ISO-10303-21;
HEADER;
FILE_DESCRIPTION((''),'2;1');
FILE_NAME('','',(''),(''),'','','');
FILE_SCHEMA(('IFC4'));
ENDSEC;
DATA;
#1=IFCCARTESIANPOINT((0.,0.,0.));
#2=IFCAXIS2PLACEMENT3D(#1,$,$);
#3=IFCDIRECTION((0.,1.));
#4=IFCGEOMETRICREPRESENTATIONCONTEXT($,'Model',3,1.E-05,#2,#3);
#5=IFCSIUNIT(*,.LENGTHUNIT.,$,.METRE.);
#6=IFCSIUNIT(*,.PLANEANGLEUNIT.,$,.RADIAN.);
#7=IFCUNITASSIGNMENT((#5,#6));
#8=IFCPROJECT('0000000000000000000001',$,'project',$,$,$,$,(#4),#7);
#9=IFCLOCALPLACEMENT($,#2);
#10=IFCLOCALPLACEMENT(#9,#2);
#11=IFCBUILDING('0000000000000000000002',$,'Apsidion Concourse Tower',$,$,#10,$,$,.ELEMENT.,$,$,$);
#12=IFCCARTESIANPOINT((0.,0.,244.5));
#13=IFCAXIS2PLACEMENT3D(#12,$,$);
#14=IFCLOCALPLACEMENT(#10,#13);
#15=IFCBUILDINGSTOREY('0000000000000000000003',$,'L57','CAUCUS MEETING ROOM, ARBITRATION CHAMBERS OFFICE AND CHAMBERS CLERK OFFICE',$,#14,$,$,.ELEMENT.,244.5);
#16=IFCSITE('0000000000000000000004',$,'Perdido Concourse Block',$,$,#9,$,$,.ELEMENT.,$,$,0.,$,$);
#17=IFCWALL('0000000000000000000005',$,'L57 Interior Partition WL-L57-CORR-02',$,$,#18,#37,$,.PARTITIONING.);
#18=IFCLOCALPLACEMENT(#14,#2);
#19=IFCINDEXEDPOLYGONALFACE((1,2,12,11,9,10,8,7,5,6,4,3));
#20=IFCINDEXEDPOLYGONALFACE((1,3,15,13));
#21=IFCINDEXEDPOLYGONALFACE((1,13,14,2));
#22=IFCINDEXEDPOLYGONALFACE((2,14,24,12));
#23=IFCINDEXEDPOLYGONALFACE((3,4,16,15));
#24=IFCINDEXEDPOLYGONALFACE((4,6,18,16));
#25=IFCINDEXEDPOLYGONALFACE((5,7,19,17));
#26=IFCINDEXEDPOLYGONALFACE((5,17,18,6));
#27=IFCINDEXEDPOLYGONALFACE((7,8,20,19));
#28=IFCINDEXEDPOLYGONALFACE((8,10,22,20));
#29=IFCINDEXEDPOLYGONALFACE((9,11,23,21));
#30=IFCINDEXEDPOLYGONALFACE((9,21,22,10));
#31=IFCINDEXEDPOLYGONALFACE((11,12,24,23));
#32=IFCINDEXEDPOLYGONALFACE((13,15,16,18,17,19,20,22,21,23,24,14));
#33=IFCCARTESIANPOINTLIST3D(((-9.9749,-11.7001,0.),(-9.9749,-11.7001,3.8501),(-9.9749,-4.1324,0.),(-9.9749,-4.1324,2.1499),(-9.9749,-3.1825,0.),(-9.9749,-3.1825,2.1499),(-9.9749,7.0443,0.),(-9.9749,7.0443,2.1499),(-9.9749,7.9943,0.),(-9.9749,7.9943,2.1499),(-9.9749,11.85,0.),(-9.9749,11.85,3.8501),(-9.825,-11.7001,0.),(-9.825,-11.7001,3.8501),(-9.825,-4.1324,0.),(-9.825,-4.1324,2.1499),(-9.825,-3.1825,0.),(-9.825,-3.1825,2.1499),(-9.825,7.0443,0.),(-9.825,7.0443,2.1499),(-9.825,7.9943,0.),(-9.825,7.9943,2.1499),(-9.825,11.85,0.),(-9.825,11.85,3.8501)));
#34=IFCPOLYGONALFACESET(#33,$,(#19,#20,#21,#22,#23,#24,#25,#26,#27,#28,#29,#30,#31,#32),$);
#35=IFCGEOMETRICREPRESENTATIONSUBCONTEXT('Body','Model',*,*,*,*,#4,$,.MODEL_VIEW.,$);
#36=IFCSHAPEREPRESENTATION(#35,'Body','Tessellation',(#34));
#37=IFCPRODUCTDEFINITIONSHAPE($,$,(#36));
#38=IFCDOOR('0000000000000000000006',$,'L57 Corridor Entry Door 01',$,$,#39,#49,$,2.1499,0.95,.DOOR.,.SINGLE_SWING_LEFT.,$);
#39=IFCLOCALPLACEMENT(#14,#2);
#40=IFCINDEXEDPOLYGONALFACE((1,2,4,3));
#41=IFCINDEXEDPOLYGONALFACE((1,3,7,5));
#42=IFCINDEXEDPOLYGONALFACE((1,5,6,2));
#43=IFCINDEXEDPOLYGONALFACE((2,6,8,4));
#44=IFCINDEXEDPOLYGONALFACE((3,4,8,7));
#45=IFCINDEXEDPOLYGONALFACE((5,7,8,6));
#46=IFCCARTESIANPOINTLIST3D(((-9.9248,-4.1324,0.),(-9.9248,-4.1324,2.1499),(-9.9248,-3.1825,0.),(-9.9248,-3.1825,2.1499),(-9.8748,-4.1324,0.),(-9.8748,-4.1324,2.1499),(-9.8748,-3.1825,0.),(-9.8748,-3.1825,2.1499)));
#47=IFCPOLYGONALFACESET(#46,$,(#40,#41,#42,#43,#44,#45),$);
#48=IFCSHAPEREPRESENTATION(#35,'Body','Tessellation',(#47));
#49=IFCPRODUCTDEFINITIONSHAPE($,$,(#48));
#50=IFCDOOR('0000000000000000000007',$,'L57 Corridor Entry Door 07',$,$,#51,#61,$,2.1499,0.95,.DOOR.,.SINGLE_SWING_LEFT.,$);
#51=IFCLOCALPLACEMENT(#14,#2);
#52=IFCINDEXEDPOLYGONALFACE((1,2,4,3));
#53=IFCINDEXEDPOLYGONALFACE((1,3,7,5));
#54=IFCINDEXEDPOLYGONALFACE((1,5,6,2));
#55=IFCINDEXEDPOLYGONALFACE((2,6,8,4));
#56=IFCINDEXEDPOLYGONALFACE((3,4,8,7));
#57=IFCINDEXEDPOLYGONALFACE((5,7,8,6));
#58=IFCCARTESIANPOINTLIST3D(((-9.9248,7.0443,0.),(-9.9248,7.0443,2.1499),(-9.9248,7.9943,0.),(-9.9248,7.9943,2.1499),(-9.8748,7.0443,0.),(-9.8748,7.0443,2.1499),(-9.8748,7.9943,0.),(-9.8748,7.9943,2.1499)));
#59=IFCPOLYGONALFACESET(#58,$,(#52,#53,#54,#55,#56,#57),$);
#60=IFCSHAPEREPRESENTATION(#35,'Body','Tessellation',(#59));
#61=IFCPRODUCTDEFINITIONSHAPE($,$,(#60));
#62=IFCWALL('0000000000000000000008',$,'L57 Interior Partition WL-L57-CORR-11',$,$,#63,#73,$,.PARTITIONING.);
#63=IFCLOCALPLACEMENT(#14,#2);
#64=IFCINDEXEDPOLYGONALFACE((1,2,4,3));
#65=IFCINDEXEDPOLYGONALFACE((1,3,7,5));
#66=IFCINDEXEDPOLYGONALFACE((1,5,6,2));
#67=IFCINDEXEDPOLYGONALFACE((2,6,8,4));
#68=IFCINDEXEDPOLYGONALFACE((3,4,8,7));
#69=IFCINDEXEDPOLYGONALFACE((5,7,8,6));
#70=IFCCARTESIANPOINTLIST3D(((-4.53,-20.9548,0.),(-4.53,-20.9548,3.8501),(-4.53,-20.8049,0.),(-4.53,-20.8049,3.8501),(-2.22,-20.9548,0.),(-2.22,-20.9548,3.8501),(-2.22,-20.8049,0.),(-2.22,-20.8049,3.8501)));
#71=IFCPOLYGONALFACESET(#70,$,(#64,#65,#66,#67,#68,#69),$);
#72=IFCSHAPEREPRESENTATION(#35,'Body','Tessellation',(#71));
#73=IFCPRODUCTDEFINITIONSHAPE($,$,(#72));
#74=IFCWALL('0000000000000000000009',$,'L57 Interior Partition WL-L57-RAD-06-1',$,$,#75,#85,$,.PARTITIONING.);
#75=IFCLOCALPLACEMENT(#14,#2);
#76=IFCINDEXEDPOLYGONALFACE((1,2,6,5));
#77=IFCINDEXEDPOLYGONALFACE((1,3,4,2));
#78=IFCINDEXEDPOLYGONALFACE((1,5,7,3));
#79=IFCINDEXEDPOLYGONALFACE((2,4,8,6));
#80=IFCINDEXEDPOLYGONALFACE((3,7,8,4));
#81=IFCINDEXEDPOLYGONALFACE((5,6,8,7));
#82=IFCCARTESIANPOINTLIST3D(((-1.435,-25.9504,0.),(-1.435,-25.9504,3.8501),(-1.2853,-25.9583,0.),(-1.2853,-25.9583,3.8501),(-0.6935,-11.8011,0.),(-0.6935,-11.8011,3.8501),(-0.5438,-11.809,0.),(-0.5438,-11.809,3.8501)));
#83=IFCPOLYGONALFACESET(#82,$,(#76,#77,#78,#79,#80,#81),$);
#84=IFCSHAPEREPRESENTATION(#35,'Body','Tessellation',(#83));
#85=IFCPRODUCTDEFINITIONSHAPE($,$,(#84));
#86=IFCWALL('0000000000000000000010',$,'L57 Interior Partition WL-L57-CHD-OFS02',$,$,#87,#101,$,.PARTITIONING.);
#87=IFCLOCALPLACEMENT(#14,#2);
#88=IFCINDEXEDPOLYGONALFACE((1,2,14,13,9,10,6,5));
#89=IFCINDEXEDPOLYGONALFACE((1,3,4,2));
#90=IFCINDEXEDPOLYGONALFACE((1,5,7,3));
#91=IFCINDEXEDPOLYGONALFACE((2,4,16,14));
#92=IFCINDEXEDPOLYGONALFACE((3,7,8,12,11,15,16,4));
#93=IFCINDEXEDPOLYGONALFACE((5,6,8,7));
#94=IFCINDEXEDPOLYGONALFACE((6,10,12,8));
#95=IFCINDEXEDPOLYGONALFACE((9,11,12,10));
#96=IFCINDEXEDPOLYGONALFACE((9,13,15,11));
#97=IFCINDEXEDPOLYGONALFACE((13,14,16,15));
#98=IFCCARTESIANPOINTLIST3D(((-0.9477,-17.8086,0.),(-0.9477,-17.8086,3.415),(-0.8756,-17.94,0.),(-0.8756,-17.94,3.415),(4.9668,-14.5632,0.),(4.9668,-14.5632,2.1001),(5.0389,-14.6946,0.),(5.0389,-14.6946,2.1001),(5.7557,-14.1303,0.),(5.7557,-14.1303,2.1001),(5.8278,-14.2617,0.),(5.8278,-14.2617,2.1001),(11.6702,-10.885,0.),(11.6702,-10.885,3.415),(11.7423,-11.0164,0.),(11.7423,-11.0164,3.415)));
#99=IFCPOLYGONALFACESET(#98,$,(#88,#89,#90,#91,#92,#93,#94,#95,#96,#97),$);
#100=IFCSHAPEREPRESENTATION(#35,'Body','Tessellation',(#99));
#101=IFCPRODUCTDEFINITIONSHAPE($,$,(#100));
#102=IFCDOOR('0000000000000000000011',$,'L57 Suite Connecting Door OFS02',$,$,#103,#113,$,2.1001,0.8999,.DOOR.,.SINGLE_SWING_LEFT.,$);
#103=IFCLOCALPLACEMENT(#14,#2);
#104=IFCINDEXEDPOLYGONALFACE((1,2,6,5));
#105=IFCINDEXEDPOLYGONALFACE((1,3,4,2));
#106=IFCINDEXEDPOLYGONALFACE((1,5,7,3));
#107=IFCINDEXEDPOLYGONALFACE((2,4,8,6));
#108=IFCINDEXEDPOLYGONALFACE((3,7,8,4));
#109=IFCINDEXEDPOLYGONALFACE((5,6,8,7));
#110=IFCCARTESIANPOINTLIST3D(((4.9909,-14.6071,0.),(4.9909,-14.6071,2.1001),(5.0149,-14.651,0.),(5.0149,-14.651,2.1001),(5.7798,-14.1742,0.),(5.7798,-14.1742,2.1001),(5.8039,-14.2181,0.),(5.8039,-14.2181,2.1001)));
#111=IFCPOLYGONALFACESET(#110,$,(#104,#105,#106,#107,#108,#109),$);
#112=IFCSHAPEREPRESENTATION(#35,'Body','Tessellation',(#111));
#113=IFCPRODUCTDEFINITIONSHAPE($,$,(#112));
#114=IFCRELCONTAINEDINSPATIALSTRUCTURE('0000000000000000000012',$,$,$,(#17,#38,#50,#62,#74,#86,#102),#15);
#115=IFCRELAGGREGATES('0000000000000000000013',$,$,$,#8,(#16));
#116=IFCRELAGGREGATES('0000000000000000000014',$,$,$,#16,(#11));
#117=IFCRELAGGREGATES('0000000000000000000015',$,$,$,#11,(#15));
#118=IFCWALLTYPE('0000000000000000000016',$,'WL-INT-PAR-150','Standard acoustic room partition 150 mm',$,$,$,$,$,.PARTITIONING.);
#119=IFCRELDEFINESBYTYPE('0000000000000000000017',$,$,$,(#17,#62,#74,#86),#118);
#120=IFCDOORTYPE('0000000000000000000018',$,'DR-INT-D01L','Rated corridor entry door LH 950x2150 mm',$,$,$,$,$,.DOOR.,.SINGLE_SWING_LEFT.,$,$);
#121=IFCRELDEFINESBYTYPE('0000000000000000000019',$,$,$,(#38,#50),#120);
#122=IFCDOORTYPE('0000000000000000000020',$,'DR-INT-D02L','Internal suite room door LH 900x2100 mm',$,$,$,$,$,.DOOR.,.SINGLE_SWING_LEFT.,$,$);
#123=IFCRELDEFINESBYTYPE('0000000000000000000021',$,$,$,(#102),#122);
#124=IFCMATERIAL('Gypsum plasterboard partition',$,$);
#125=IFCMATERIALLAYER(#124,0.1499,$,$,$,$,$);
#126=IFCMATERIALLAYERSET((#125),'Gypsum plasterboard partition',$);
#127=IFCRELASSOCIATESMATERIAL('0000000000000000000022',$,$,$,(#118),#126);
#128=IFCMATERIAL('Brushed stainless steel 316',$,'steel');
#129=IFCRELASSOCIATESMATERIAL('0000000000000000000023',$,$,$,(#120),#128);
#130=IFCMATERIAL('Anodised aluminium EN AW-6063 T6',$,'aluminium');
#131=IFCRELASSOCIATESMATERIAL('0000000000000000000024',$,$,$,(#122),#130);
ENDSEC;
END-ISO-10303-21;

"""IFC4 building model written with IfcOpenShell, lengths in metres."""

from ifc_helpers import new_model, si_unit, direction, frame, frame_2d, origin, place, context, subcontext, project, spatial, rectangle, extrude, material, layer, layer_set, type_object, element, fill, save


model = new_model("IFC4")

# Units and contexts
model_context = context("Model", 3, precision=1e-05, world=origin(), true_north=direction((0.0, 1.0)))
body_context = subcontext(model_context, "Body", "Model", "MODEL_VIEW")
ifc_project = project(units=[si_unit("LENGTHUNIT", "METRE"), si_unit("PLANEANGLEUNIT", "RADIAN")], contexts=[model_context])

# Site, building, storey
site_placement = place(None, origin())
site = spatial("IfcSite", under=ifc_project, at=site_placement, Name="Perdido Concourse Block", CompositionType="ELEMENT", RefElevation=0.0)
building_placement = place(site_placement, origin())
building = spatial("IfcBuilding", under=site, at=building_placement, Name="Apsidion Concourse Tower", CompositionType="ELEMENT")
storey_placement = place(building_placement, frame((0.0, 0.0, 244.5)))
storey = spatial("IfcBuildingStorey", under=building, at=storey_placement, Name="L57", Description="CAUCUS MEETING ROOM, ARBITRATION CHAMBERS OFFICE AND CHAMBERS CLERK OFFICE", CompositionType="ELEMENT", Elevation=244.5)

# Wall, openings, doors
ifc_material_1 = material(Name="Gypsum plasterboard partition")
ifc_layer = layer(ifc_material_1, 0.1499)
ifc_layer_set = layer_set([ifc_layer], Name="Gypsum plasterboard partition")
wall_type = type_object("IfcWallType", Name="WL-INT-PAR-150", Description="Standard acoustic room partition 150 mm", PredefinedType="PARTITIONING", material=ifc_layer_set)
wall_1_placement = place(storey_placement, frame((-9.8999, -11.7, 0.0), z_axis=(0.0, 0.0, 1.0), x_axis=(0.0, 1.0, 0.0)))
wall_1 = element("IfcWall", 1, at=wall_1_placement, inside=storey, type_object=wall_type, Name="L57 Interior Partition WL-L57-CORR-02", PredefinedType="PARTITIONING", context=body_context, shape_type="SweptSolid", body=[
    extrude(rectangle(XDim=23.55, YDim=0.1499, at=frame_2d((11.7749, 0.0))), origin(), (0.0, 0.0, 1.0), 3.8501),
])
opening_1_placement = place(wall_1_placement, frame((7.5674, 0.0, 0.0)))
opening_1 = element("IfcOpeningElement", 2, at=opening_1_placement, cuts=wall_1, PredefinedType="OPENING", context=body_context, shape_type="SweptSolid", body=[
    extrude(rectangle(XDim=0.95, YDim=2.1499, at=frame_2d((0.4751, 1.075))), frame((0.0, 0.085, 0.0), z_axis=(0.0, -1.0, 0.0), x_axis=(1.0, 0.0, 0.0)), (0.0, 0.0, 1.0), 0.1699),
])
opening_2_placement = place(wall_1_placement, frame((18.7441, 0.0, 0.0)))
opening_2 = element("IfcOpeningElement", 3, at=opening_2_placement, cuts=wall_1, PredefinedType="OPENING", context=body_context, shape_type="SweptSolid", body=[
    extrude(rectangle(XDim=0.95, YDim=2.1499, at=frame_2d((0.4751, 1.075))), frame((0.0, 0.085, 0.0), z_axis=(0.0, -1.0, 0.0), x_axis=(1.0, 0.0, 0.0)), (0.0, 0.0, 1.0), 0.1699),
])
ifc_material_2 = material(Name="Brushed stainless steel 316", Category="steel")
door_type_1 = type_object("IfcDoorType", Name="DR-INT-D01L", Description="Rated corridor entry door LH 950x2150 mm", OperationType="SINGLE_SWING_LEFT", PredefinedType="DOOR", material=ifc_material_2)
door_1_placement = place(opening_1_placement, origin())
door_1 = element("IfcDoor", 4, at=door_1_placement, inside=storey, type_object=door_type_1, Name="L57 Corridor Entry Door 01", OperationType="SINGLE_SWING_LEFT", OverallHeight=2.1499, OverallWidth=0.95, PredefinedType="DOOR", context=body_context, shape_type="SweptSolid", body=[
    extrude(rectangle(XDim=0.95, YDim=2.1499, at=frame_2d((0.4751, 1.075))), frame((0.0, 0.0249, 0.0), z_axis=(0.0, -1.0, 0.0), x_axis=(1.0, 0.0, 0.0)), (0.0, 0.0, 1.0), 0.05),
])
fill(opening_1, door_1)
door_2_placement = place(opening_2_placement, origin())
door_2 = element("IfcDoor", 5, at=door_2_placement, inside=storey, type_object=door_type_1, Name="L57 Corridor Entry Door 07", OperationType="SINGLE_SWING_LEFT", OverallHeight=2.1499, OverallWidth=0.95, PredefinedType="DOOR", context=body_context, shape_type="SweptSolid", body=[
    extrude(rectangle(XDim=0.95, YDim=2.1499, at=frame_2d((0.4751, 1.075))), frame((0.0, 0.0249, 0.0), z_axis=(0.0, -1.0, 0.0), x_axis=(1.0, 0.0, 0.0)), (0.0, 0.0, 1.0), 0.05),
])
fill(opening_2, door_2)

# Walls
wall_2_placement = place(storey_placement, frame((-2.22, -20.8799, 0.0), z_axis=(0.0, 0.0, 1.0), x_axis=(-1.0, 0.0, 0.0)))
element("IfcWall", 6, at=wall_2_placement, inside=storey, type_object=wall_type, Name="L57 Interior Partition WL-L57-CORR-11", PredefinedType="PARTITIONING", context=body_context, shape_type="SweptSolid", body=[
    extrude(rectangle(XDim=2.3101, YDim=0.1499, at=frame_2d((1.155, 0.0))), origin(), (0.0, 0.0, 1.0), 3.8501),
])
wall_3_placement = place(storey_placement, frame((-0.6187, -11.8049, 0.0), z_axis=(0.0, 0.0, 1.0), x_axis=(-0.052331, -0.99863, 0.0)))
element("IfcWall", 7, at=wall_3_placement, inside=storey, type_object=wall_type, Name="L57 Interior Partition WL-L57-RAD-06-1", PredefinedType="PARTITIONING", context=body_context, shape_type="SweptSolid", body=[
    extrude(rectangle(XDim=14.1687, YDim=0.1499, at=frame_2d((7.0845, 0.0))), origin(), (0.0, 0.0, 1.0), 3.8501),
])

# Wall, opening, door
wall_4_placement = place(storey_placement, frame((-0.9116, -17.8743, 0.0), z_axis=(0.0, 0.0, 1.0), x_axis=(0.876693, 0.481051, 0.0)))
wall_4 = element("IfcWall", 8, at=wall_4_placement, inside=storey, type_object=wall_type, Name="L57 Interior Partition WL-L57-CHD-OFS02", PredefinedType="PARTITIONING", context=body_context, shape_type="SweptSolid", body=[
    extrude(rectangle(XDim=14.3926, YDim=0.1499, at=frame_2d((7.1963, 0.0))), origin(), (0.0, 0.0, 1.0), 3.415),
])
opening_3_placement = place(wall_4_placement, frame((6.7463, 0.0, 0.0)))
opening_3 = element("IfcOpeningElement", 9, at=opening_3_placement, cuts=wall_4, PredefinedType="OPENING", context=body_context, shape_type="SweptSolid", body=[
    extrude(rectangle(XDim=0.8999, YDim=2.1001, at=frame_2d((0.45, 1.05))), frame((0.0, 0.085, 0.0), z_axis=(0.0, -1.0, 0.0), x_axis=(1.0, 0.0, 0.0)), (0.0, 0.0, 1.0), 0.1699),
])
ifc_material_3 = material(Name="Anodised aluminium EN AW-6063 T6", Category="aluminium")
door_type_2 = type_object("IfcDoorType", Name="DR-INT-D02L", Description="Internal suite room door LH 900x2100 mm", OperationType="SINGLE_SWING_LEFT", PredefinedType="DOOR", material=ifc_material_3)
door_3_placement = place(opening_3_placement, origin())
door_3 = element("IfcDoor", 10, at=door_3_placement, inside=storey, type_object=door_type_2, Name="L57 Suite Connecting Door OFS02", OperationType="SINGLE_SWING_LEFT", OverallHeight=2.1001, OverallWidth=0.8999, PredefinedType="DOOR", context=body_context, shape_type="SweptSolid", body=[
    extrude(rectangle(XDim=0.8999, YDim=2.1001, at=frame_2d((0.45, 1.05))), frame((0.0, 0.0249, 0.0), z_axis=(0.0, -1.0, 0.0), x_axis=(1.0, 0.0, 0.0)), (0.0, 0.0, 1.0), 0.05),
])
fill(opening_3, door_3)

save(model, "model.ifc")
